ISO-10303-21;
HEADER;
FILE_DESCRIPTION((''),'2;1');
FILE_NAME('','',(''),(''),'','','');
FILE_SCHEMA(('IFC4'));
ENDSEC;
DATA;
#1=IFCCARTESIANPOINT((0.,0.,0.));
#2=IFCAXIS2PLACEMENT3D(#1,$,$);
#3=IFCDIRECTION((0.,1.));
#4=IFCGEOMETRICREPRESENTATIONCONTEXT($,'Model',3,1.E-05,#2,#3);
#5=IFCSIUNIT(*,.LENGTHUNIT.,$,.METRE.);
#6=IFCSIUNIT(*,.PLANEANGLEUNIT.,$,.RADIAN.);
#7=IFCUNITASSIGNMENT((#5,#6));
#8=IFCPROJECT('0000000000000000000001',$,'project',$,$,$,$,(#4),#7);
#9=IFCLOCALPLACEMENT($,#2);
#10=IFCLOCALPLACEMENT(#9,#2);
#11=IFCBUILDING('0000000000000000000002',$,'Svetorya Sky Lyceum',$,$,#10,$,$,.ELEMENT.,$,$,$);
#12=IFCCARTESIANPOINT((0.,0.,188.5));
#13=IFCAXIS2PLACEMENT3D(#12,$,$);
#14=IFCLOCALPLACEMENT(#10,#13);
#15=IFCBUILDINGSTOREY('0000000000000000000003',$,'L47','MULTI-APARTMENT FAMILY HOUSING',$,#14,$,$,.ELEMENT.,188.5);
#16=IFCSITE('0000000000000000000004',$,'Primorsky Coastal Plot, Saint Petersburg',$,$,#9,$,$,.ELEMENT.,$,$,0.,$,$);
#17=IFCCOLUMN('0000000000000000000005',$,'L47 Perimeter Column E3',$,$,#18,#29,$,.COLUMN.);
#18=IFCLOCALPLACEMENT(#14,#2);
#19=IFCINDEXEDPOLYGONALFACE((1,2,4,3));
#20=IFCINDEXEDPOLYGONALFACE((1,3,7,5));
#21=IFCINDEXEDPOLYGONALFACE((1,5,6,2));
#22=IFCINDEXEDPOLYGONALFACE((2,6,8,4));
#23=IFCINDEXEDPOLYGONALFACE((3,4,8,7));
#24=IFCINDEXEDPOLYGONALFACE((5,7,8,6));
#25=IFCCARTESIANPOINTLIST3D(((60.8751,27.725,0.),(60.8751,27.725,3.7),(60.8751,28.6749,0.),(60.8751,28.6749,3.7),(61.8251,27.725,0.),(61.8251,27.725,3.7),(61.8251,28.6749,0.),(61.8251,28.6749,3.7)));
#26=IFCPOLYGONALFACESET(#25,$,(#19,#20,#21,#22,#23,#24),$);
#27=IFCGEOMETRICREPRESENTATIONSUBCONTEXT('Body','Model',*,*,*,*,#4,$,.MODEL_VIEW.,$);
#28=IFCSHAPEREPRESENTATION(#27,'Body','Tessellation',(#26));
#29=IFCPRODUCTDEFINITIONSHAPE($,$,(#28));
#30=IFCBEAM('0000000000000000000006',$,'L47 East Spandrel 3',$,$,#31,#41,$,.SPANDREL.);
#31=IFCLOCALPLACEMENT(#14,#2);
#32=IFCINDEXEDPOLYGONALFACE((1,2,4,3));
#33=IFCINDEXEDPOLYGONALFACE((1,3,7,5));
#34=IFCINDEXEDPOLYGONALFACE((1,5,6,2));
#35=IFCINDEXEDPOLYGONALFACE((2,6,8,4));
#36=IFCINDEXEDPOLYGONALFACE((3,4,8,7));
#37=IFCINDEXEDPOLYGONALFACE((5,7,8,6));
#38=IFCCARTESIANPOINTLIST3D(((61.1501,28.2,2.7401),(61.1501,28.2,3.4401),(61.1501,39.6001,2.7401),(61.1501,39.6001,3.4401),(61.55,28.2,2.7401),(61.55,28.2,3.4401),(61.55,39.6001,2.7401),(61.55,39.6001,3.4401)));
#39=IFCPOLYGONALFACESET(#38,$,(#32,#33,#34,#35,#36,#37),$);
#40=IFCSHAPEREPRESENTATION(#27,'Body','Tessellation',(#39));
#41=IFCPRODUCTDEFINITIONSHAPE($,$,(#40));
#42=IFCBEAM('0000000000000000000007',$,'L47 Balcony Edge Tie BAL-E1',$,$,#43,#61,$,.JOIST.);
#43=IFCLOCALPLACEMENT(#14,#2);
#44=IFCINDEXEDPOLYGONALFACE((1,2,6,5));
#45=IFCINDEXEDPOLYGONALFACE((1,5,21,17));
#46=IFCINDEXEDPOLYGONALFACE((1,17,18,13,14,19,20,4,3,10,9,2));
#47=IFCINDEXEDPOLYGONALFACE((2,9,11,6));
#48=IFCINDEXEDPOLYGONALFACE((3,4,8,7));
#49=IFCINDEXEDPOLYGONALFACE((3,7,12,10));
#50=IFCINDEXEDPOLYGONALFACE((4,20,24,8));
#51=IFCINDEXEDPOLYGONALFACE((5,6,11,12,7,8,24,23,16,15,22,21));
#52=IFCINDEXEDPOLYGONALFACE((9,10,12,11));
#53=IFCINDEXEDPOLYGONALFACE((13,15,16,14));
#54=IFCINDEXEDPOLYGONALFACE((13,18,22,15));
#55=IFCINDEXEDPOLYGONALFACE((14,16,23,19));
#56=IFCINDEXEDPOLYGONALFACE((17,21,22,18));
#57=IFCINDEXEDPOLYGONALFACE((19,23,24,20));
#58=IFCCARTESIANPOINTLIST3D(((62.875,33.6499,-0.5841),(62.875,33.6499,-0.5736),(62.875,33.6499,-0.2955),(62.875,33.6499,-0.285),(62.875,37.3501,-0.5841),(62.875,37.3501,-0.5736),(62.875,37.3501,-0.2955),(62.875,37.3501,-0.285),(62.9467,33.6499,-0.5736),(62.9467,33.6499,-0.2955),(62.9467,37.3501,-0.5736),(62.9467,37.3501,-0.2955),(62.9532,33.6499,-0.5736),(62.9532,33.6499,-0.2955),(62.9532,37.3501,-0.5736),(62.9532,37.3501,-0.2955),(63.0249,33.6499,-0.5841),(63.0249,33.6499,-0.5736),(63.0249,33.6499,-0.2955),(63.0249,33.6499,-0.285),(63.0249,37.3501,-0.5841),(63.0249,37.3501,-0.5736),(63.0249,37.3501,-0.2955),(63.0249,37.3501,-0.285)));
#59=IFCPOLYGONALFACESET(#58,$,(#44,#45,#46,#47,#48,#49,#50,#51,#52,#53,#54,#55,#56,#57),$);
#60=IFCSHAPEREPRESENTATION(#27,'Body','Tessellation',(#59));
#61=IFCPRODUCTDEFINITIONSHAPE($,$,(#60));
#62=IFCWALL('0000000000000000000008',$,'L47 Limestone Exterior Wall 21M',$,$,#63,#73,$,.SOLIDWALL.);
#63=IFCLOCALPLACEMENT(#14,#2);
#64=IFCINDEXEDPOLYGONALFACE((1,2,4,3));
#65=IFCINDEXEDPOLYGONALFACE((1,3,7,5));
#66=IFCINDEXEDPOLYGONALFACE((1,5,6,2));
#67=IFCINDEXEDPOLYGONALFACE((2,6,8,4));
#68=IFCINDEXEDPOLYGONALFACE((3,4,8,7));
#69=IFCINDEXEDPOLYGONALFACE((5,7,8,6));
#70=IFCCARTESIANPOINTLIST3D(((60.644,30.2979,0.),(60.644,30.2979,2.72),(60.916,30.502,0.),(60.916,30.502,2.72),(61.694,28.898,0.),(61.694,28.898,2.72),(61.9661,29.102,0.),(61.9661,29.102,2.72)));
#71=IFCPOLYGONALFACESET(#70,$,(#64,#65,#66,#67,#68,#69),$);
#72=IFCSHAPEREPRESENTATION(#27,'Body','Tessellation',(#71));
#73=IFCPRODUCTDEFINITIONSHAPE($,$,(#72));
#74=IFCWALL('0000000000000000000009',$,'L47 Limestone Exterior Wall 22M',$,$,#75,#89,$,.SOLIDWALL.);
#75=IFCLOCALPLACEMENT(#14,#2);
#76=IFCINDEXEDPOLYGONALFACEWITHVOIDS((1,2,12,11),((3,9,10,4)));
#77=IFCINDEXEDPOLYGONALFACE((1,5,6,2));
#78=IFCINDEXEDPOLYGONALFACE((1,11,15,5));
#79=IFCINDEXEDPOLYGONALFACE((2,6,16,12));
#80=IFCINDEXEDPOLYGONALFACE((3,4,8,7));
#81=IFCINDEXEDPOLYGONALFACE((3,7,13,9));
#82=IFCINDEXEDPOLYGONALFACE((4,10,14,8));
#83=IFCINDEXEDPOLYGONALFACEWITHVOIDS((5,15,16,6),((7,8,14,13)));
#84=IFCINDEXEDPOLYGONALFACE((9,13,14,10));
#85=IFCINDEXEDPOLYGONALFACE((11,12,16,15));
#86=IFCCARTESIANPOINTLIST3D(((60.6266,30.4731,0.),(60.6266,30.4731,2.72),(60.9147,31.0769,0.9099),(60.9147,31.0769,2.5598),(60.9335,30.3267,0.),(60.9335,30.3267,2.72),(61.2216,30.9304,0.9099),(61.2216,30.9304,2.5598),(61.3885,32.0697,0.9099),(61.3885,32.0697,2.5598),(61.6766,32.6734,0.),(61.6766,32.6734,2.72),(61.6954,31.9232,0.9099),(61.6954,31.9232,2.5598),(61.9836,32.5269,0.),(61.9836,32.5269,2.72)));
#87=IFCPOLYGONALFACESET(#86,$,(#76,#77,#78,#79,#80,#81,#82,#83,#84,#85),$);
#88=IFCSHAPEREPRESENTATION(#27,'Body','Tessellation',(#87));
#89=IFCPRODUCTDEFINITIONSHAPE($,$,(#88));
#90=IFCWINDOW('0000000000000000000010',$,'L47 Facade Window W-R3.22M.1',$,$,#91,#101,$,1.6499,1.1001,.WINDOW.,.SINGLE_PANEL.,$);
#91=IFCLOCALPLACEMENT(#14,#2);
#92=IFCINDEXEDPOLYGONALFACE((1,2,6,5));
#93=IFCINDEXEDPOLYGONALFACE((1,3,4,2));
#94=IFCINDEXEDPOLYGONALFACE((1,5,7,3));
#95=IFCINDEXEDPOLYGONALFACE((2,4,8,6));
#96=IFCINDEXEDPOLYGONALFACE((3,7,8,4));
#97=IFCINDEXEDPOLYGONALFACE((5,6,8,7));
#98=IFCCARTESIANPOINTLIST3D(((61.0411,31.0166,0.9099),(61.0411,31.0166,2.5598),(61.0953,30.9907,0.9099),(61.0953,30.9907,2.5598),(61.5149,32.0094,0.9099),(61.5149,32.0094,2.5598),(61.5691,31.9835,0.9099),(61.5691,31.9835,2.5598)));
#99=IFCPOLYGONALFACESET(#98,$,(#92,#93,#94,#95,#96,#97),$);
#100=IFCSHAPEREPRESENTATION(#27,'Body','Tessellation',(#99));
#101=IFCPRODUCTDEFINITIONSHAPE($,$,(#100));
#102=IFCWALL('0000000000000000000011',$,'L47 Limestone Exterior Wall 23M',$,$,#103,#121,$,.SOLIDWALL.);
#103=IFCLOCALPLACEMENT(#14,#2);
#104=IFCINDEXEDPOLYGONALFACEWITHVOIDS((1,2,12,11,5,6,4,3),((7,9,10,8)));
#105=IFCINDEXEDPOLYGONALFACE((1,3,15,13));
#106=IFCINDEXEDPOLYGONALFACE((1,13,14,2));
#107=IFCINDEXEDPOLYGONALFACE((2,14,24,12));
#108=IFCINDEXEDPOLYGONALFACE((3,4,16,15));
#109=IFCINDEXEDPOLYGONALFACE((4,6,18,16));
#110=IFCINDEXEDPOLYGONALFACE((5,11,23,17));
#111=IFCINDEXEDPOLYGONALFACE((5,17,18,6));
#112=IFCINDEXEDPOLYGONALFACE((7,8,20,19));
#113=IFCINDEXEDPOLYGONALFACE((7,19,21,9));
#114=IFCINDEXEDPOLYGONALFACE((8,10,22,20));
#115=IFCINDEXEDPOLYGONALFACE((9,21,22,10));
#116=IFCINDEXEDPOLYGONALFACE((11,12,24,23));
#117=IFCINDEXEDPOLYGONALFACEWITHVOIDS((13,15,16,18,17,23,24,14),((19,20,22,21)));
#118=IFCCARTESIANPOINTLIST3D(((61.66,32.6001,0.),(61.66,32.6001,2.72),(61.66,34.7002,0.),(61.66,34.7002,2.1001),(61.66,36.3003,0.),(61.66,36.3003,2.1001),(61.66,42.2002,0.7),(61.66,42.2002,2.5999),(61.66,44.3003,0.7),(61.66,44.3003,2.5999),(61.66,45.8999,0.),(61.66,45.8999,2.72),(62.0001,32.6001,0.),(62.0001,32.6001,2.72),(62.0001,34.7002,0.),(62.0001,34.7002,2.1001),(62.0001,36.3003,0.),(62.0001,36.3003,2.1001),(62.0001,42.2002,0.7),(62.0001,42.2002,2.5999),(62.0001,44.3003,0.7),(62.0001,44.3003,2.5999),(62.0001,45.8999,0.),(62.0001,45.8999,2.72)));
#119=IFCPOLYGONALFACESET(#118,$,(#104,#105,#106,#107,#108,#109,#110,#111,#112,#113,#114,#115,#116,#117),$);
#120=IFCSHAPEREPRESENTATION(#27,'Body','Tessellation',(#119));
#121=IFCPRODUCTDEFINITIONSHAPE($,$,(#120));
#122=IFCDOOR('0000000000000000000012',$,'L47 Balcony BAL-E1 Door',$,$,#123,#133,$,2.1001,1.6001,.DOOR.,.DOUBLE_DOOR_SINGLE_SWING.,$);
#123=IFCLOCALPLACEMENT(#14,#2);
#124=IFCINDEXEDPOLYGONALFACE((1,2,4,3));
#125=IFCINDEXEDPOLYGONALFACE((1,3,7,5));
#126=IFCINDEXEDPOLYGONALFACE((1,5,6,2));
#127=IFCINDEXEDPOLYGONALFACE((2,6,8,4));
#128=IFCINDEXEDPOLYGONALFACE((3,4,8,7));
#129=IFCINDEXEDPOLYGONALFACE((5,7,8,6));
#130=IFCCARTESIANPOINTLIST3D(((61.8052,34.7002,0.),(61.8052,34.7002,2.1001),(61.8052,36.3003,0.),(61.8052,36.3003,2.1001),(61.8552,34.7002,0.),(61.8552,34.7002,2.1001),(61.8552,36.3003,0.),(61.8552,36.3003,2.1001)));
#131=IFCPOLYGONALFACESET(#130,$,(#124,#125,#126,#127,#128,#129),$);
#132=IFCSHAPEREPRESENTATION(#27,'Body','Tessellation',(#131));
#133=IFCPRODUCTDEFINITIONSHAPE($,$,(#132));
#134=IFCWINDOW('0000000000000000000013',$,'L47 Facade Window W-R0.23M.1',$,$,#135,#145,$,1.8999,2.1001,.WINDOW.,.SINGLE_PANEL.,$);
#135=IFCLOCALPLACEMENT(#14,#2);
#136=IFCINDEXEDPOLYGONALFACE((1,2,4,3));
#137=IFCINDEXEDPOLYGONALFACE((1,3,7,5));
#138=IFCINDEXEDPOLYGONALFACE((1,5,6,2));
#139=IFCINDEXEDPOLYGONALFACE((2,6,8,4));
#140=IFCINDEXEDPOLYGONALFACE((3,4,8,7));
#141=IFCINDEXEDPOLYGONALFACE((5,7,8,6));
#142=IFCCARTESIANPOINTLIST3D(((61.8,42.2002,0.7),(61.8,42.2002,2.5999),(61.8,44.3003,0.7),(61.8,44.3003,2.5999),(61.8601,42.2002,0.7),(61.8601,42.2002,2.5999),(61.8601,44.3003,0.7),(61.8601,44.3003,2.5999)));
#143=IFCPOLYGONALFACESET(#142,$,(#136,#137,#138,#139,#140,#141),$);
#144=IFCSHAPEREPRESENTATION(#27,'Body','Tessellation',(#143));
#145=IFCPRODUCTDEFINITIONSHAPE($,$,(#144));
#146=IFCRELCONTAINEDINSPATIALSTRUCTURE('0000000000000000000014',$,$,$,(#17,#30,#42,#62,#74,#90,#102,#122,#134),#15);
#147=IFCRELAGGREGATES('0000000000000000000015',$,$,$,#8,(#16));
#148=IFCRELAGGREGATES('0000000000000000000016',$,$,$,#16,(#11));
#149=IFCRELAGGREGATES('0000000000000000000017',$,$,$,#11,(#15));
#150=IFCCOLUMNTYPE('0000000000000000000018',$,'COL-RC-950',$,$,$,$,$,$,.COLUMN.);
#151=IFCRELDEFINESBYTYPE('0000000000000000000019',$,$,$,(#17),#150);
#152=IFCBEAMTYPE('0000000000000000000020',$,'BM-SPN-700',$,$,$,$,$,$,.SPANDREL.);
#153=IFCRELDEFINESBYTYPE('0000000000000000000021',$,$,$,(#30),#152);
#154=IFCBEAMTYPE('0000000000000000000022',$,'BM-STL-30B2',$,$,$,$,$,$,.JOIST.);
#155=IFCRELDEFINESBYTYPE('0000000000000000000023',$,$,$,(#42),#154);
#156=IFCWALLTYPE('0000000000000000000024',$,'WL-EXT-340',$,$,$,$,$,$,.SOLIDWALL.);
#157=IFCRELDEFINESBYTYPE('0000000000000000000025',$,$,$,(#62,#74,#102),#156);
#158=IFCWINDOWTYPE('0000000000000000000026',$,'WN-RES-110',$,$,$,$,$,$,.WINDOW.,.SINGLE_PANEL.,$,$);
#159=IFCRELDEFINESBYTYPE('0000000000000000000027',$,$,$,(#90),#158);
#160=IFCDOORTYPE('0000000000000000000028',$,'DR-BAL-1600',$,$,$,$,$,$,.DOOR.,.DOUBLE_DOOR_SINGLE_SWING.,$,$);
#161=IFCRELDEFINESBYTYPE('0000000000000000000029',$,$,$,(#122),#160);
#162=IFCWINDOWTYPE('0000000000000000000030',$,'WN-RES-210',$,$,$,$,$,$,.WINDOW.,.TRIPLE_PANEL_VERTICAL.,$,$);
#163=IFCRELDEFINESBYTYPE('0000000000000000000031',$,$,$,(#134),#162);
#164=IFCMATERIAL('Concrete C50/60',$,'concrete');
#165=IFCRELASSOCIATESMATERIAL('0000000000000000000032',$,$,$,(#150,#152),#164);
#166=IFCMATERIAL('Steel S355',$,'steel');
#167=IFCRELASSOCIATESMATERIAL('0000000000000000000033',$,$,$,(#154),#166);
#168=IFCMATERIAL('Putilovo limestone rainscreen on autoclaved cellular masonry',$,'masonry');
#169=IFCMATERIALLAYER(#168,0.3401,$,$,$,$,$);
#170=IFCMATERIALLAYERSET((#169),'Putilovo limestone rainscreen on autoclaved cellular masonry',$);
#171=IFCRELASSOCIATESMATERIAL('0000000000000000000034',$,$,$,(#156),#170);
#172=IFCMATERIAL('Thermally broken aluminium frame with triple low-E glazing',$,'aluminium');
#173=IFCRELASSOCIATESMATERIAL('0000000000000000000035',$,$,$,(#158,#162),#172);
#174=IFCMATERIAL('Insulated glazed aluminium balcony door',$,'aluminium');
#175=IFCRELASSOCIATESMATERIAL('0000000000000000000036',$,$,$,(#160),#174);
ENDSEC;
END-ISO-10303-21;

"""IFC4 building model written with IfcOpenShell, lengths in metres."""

from ifc_helpers import new_model, si_unit, direction, frame, frame_2d, origin, origin_2d, place, context, subcontext, project, spatial, rectangle, i_section, extrude, material, layer, layer_set, material_profile, profile_set, type_object, element, fill, save


model = new_model("IFC4")

# Units and contexts
model_context = context("Model", 3, precision=1e-05, world=origin(), true_north=direction((0.0, 1.0)))
body_context = subcontext(model_context, "Body", "Model", "MODEL_VIEW")
ifc_project = project(units=[si_unit("LENGTHUNIT", "METRE"), si_unit("PLANEANGLEUNIT", "RADIAN")], contexts=[model_context])

# Site, building, storey
site_placement = place(None, origin())
site = spatial("IfcSite", under=ifc_project, at=site_placement, Name="Primorsky Coastal Plot, Saint Petersburg", CompositionType="ELEMENT", RefElevation=0.0)
building_placement = place(site_placement, origin())
building = spatial("IfcBuilding", under=site, at=building_placement, Name="Svetorya Sky Lyceum", CompositionType="ELEMENT")
storey_placement = place(building_placement, frame((0.0, 0.0, 188.5)))
storey = spatial("IfcBuildingStorey", under=building, at=storey_placement, Name="L47", Description="MULTI-APARTMENT FAMILY HOUSING", CompositionType="ELEMENT", Elevation=188.5)

# Column
ifc_material_1 = material(Name="Concrete C50/60", Category="concrete")
ifc_material_profile_1 = material_profile(ifc_material_1, rectangle(XDim=0.95, YDim=0.95, at=origin_2d()), Name="RC COL 950x950")
ifc_profile_set_1 = profile_set([ifc_material_profile_1], Name="Concrete C50/60")
column_type = type_object("IfcColumnType", Name="COL-RC-950", PredefinedType="COLUMN", material=ifc_profile_set_1)
column_placement = place(storey_placement, frame((61.3501, 28.2, 0.0), z_axis=(0.0, 0.0, 1.0), x_axis=(1.0, 0.0, 0.0)))
element("IfcColumn", 1, at=column_placement, inside=storey, type_object=column_type, Name="L47 Perimeter Column E3", PredefinedType="COLUMN", context=body_context, shape_type="SweptSolid", body=[
    extrude(rectangle(XDim=0.95, YDim=0.95, at=origin_2d()), origin(), (0.0, 0.0, 1.0), 3.7),
])

# Beams
ifc_material_profile_2 = material_profile(ifc_material_1, rectangle(XDim=0.3999, YDim=0.7, at=origin_2d()), Name="RC SPANDREL 400x700")
ifc_profile_set_2 = profile_set([ifc_material_profile_2], Name="Concrete C50/60")
beam_type_1 = type_object("IfcBeamType", Name="BM-SPN-700", PredefinedType="SPANDREL", material=ifc_profile_set_2)
beam_1_placement = place(storey_placement, frame((61.3501, 28.2, 3.0901), z_axis=(0.0, 1.0, 0.0), x_axis=(-1.0, 0.0, 0.0)))
element("IfcBeam", 2, at=beam_1_placement, inside=storey, type_object=beam_type_1, Name="L47 East Spandrel 3", PredefinedType="SPANDREL", context=body_context, shape_type="SweptSolid", body=[
    extrude(rectangle(XDim=0.3999, YDim=0.7, at=origin_2d()), origin(), (0.0, 0.0, 1.0), 11.4001),
])
ifc_material_2 = material(Name="Steel S355", Category="steel")
ifc_material_profile_3 = material_profile(ifc_material_2, i_section(OverallWidth=0.1499, OverallDepth=0.2991, WebThickness=0.0066, FlangeThickness=0.0105, at=origin_2d()), Name="GOST 30B2")
ifc_profile_set_3 = profile_set([ifc_material_profile_3], Name="Steel S355")
beam_type_2 = type_object("IfcBeamType", Name="BM-STL-30B2", PredefinedType="JOIST", material=ifc_profile_set_3)
beam_2_placement = place(storey_placement, frame((62.95, 33.6499, -0.4346), z_axis=(0.0, 1.0, 0.0), x_axis=(-1.0, 0.0, 0.0)))
element("IfcBeam", 3, at=beam_2_placement, inside=storey, type_object=beam_type_2, Name="L47 Balcony Edge Tie BAL-E1", PredefinedType="JOIST", context=body_context, shape_type="SweptSolid", body=[
    extrude(i_section(OverallWidth=0.1499, OverallDepth=0.2991, WebThickness=0.0066, FlangeThickness=0.0105, at=origin_2d()), origin(), (0.0, 0.0, 1.0), 3.7002),
])

# Wall
ifc_material_3 = material(Name="Putilovo limestone rainscreen on autoclaved cellular masonry", Category="masonry")
ifc_layer_1 = layer(ifc_material_3, 0.3401)
ifc_layer_set_1 = layer_set([ifc_layer_1], Name="Putilovo limestone rainscreen on autoclaved cellular masonry")
wall_type_1 = type_object("IfcWallType", Name="WL-EXT-340", PredefinedType="SOLIDWALL", material=ifc_layer_set_1)
wall_1_placement = place(storey_placement, frame((61.8301, 29.0, 0.0), z_axis=(0.0, 0.0, 1.0), x_axis=(-0.600045, 0.799967, 0.0)))
element("IfcWall", 4, at=wall_1_placement, inside=storey, type_object=wall_type_1, Name="L47 Limestone Exterior Wall 21M", PredefinedType="SOLIDWALL", context=body_context, shape_type="SweptSolid", body=[
    extrude(rectangle(XDim=1.75, YDim=0.3401, at=frame_2d((0.875, 0.0))), origin(), (0.0, 0.0, 1.0), 2.72),
])

# Wall, opening, window
wall_2_placement = place(storey_placement, frame((60.78, 30.3999, 0.0), z_axis=(0.0, 0.0, 1.0), x_axis=(0.430715, 0.902488, 0.0)))
wall_2 = element("IfcWall", 5, at=wall_2_placement, inside=storey, type_object=wall_type_1, Name="L47 Limestone Exterior Wall 22M", PredefinedType="SOLIDWALL", context=body_context, shape_type="SweptSolid", body=[
    extrude(rectangle(XDim=2.438, YDim=0.3401, at=frame_2d((1.219, 0.0))), origin(), (0.0, 0.0, 1.0), 2.72),
])
opening_1_placement = place(wall_2_placement, frame((0.6689, 0.0, 0.9099)))
opening_1 = element("IfcOpeningElement", 6, at=opening_1_placement, cuts=wall_2, PredefinedType="OPENING", context=body_context, shape_type="SweptSolid", body=[
    extrude(rectangle(XDim=1.1001, YDim=1.6499, at=frame_2d((0.55, 0.825))), frame((0.0, 0.1799, 0.0), z_axis=(0.0, -1.0, 0.0), x_axis=(1.0, 0.0, 0.0)), (0.0, 0.0, 1.0), 0.3601),
])
ifc_material_4 = material(Name="Thermally broken aluminium frame with triple low-E glazing", Category="aluminium")
window_type_1 = type_object("IfcWindowType", Name="WN-RES-110", PartitioningType="SINGLE_PANEL", PredefinedType="WINDOW", material=ifc_material_4)
window_1_placement = place(opening_1_placement, origin())
window_1 = element("IfcWindow", 7, at=window_1_placement, inside=storey, type_object=window_type_1, Name="L47 Facade Window W-R3.22M.1", OverallHeight=1.6499, OverallWidth=1.1001, PartitioningType="SINGLE_PANEL", PredefinedType="WINDOW", context=body_context, shape_type="SweptSolid", body=[
    extrude(rectangle(XDim=1.1001, YDim=1.6499, at=frame_2d((0.55, 0.825))), frame((0.0, 0.03, 0.0), z_axis=(0.0, -1.0, 0.0), x_axis=(1.0, 0.0, 0.0)), (0.0, 0.0, 1.0), 0.0601),
])
fill(opening_1, window_1)

# Wall, openings, door, window
wall_3_placement = place(storey_placement, frame((61.8301, 32.6001, 0.0), z_axis=(0.0, 0.0, 1.0), x_axis=(0.0, 1.0, 0.0)))
wall_3 = element("IfcWall", 8, at=wall_3_placement, inside=storey, type_object=wall_type_1, Name="L47 Limestone Exterior Wall 23M", PredefinedType="SOLIDWALL", context=body_context, shape_type="SweptSolid", body=[
    extrude(rectangle(XDim=13.2998, YDim=0.3401, at=frame_2d((6.6499, 0.0))), origin(), (0.0, 0.0, 1.0), 2.72),
])
opening_2_placement = place(wall_3_placement, frame((2.1001, 0.0, 0.0)))
opening_2 = element("IfcOpeningElement", 9, at=opening_2_placement, cuts=wall_3, PredefinedType="OPENING", context=body_context, shape_type="SweptSolid", body=[
    extrude(rectangle(XDim=1.6001, YDim=2.1001, at=frame_2d((0.8, 1.05))), frame((0.0, 0.1799, 0.0), z_axis=(0.0, -1.0, 0.0), x_axis=(1.0, 0.0, 0.0)), (0.0, 0.0, 1.0), 0.3601),
])
opening_3_placement = place(wall_3_placement, frame((9.6001, 0.0, 0.7)))
opening_3 = element("IfcOpeningElement", 10, at=opening_3_placement, cuts=wall_3, PredefinedType="OPENING", context=body_context, shape_type="SweptSolid", body=[
    extrude(rectangle(XDim=2.1001, YDim=1.8999, at=frame_2d((1.05, 0.95))), frame((0.0, 0.1799, 0.0), z_axis=(0.0, -1.0, 0.0), x_axis=(1.0, 0.0, 0.0)), (0.0, 0.0, 1.0), 0.3601),
])
ifc_material_5 = material(Name="Insulated glazed aluminium balcony door", Category="aluminium")
door_type_1 = type_object("IfcDoorType", Name="DR-BAL-1600", OperationType="DOUBLE_DOOR_SINGLE_SWING", PredefinedType="DOOR", material=ifc_material_5)
door_1_placement = place(opening_2_placement, origin())
door_1 = element("IfcDoor", 11, at=door_1_placement, inside=storey, type_object=door_type_1, Name="L47 Balcony BAL-E1 Door", OperationType="DOUBLE_DOOR_SINGLE_SWING", OverallHeight=2.1001, OverallWidth=1.6001, PredefinedType="DOOR", context=body_context, shape_type="SweptSolid", body=[
    extrude(rectangle(XDim=1.6001, YDim=2.1001, at=frame_2d((0.8, 1.05))), frame((0.0, 0.0249, 0.0), z_axis=(0.0, -1.0, 0.0), x_axis=(1.0, 0.0, 0.0)), (0.0, 0.0, 1.0), 0.05),
])
fill(opening_2, door_1)
window_type_2 = type_object("IfcWindowType", Name="WN-RES-210", PartitioningType="TRIPLE_PANEL_VERTICAL", PredefinedType="WINDOW", material=ifc_material_4)
window_2_placement = place(opening_3_placement, origin())
window_2 = element("IfcWindow", 12, at=window_2_placement, inside=storey, type_object=window_type_2, Name="L47 Facade Window W-R0.23M.1", OverallHeight=1.8999, OverallWidth=2.1001, PartitioningType="SINGLE_PANEL", PredefinedType="WINDOW", context=body_context, shape_type="SweptSolid", body=[
    extrude(rectangle(XDim=2.1001, YDim=1.8999, at=frame_2d((1.05, 0.95))), frame((0.0, 0.03, 0.0), z_axis=(0.0, -1.0, 0.0), x_axis=(1.0, 0.0, 0.0)), (0.0, 0.0, 1.0), 0.0601),
])
fill(opening_3, window_2)

save(model, "model.ifc")
